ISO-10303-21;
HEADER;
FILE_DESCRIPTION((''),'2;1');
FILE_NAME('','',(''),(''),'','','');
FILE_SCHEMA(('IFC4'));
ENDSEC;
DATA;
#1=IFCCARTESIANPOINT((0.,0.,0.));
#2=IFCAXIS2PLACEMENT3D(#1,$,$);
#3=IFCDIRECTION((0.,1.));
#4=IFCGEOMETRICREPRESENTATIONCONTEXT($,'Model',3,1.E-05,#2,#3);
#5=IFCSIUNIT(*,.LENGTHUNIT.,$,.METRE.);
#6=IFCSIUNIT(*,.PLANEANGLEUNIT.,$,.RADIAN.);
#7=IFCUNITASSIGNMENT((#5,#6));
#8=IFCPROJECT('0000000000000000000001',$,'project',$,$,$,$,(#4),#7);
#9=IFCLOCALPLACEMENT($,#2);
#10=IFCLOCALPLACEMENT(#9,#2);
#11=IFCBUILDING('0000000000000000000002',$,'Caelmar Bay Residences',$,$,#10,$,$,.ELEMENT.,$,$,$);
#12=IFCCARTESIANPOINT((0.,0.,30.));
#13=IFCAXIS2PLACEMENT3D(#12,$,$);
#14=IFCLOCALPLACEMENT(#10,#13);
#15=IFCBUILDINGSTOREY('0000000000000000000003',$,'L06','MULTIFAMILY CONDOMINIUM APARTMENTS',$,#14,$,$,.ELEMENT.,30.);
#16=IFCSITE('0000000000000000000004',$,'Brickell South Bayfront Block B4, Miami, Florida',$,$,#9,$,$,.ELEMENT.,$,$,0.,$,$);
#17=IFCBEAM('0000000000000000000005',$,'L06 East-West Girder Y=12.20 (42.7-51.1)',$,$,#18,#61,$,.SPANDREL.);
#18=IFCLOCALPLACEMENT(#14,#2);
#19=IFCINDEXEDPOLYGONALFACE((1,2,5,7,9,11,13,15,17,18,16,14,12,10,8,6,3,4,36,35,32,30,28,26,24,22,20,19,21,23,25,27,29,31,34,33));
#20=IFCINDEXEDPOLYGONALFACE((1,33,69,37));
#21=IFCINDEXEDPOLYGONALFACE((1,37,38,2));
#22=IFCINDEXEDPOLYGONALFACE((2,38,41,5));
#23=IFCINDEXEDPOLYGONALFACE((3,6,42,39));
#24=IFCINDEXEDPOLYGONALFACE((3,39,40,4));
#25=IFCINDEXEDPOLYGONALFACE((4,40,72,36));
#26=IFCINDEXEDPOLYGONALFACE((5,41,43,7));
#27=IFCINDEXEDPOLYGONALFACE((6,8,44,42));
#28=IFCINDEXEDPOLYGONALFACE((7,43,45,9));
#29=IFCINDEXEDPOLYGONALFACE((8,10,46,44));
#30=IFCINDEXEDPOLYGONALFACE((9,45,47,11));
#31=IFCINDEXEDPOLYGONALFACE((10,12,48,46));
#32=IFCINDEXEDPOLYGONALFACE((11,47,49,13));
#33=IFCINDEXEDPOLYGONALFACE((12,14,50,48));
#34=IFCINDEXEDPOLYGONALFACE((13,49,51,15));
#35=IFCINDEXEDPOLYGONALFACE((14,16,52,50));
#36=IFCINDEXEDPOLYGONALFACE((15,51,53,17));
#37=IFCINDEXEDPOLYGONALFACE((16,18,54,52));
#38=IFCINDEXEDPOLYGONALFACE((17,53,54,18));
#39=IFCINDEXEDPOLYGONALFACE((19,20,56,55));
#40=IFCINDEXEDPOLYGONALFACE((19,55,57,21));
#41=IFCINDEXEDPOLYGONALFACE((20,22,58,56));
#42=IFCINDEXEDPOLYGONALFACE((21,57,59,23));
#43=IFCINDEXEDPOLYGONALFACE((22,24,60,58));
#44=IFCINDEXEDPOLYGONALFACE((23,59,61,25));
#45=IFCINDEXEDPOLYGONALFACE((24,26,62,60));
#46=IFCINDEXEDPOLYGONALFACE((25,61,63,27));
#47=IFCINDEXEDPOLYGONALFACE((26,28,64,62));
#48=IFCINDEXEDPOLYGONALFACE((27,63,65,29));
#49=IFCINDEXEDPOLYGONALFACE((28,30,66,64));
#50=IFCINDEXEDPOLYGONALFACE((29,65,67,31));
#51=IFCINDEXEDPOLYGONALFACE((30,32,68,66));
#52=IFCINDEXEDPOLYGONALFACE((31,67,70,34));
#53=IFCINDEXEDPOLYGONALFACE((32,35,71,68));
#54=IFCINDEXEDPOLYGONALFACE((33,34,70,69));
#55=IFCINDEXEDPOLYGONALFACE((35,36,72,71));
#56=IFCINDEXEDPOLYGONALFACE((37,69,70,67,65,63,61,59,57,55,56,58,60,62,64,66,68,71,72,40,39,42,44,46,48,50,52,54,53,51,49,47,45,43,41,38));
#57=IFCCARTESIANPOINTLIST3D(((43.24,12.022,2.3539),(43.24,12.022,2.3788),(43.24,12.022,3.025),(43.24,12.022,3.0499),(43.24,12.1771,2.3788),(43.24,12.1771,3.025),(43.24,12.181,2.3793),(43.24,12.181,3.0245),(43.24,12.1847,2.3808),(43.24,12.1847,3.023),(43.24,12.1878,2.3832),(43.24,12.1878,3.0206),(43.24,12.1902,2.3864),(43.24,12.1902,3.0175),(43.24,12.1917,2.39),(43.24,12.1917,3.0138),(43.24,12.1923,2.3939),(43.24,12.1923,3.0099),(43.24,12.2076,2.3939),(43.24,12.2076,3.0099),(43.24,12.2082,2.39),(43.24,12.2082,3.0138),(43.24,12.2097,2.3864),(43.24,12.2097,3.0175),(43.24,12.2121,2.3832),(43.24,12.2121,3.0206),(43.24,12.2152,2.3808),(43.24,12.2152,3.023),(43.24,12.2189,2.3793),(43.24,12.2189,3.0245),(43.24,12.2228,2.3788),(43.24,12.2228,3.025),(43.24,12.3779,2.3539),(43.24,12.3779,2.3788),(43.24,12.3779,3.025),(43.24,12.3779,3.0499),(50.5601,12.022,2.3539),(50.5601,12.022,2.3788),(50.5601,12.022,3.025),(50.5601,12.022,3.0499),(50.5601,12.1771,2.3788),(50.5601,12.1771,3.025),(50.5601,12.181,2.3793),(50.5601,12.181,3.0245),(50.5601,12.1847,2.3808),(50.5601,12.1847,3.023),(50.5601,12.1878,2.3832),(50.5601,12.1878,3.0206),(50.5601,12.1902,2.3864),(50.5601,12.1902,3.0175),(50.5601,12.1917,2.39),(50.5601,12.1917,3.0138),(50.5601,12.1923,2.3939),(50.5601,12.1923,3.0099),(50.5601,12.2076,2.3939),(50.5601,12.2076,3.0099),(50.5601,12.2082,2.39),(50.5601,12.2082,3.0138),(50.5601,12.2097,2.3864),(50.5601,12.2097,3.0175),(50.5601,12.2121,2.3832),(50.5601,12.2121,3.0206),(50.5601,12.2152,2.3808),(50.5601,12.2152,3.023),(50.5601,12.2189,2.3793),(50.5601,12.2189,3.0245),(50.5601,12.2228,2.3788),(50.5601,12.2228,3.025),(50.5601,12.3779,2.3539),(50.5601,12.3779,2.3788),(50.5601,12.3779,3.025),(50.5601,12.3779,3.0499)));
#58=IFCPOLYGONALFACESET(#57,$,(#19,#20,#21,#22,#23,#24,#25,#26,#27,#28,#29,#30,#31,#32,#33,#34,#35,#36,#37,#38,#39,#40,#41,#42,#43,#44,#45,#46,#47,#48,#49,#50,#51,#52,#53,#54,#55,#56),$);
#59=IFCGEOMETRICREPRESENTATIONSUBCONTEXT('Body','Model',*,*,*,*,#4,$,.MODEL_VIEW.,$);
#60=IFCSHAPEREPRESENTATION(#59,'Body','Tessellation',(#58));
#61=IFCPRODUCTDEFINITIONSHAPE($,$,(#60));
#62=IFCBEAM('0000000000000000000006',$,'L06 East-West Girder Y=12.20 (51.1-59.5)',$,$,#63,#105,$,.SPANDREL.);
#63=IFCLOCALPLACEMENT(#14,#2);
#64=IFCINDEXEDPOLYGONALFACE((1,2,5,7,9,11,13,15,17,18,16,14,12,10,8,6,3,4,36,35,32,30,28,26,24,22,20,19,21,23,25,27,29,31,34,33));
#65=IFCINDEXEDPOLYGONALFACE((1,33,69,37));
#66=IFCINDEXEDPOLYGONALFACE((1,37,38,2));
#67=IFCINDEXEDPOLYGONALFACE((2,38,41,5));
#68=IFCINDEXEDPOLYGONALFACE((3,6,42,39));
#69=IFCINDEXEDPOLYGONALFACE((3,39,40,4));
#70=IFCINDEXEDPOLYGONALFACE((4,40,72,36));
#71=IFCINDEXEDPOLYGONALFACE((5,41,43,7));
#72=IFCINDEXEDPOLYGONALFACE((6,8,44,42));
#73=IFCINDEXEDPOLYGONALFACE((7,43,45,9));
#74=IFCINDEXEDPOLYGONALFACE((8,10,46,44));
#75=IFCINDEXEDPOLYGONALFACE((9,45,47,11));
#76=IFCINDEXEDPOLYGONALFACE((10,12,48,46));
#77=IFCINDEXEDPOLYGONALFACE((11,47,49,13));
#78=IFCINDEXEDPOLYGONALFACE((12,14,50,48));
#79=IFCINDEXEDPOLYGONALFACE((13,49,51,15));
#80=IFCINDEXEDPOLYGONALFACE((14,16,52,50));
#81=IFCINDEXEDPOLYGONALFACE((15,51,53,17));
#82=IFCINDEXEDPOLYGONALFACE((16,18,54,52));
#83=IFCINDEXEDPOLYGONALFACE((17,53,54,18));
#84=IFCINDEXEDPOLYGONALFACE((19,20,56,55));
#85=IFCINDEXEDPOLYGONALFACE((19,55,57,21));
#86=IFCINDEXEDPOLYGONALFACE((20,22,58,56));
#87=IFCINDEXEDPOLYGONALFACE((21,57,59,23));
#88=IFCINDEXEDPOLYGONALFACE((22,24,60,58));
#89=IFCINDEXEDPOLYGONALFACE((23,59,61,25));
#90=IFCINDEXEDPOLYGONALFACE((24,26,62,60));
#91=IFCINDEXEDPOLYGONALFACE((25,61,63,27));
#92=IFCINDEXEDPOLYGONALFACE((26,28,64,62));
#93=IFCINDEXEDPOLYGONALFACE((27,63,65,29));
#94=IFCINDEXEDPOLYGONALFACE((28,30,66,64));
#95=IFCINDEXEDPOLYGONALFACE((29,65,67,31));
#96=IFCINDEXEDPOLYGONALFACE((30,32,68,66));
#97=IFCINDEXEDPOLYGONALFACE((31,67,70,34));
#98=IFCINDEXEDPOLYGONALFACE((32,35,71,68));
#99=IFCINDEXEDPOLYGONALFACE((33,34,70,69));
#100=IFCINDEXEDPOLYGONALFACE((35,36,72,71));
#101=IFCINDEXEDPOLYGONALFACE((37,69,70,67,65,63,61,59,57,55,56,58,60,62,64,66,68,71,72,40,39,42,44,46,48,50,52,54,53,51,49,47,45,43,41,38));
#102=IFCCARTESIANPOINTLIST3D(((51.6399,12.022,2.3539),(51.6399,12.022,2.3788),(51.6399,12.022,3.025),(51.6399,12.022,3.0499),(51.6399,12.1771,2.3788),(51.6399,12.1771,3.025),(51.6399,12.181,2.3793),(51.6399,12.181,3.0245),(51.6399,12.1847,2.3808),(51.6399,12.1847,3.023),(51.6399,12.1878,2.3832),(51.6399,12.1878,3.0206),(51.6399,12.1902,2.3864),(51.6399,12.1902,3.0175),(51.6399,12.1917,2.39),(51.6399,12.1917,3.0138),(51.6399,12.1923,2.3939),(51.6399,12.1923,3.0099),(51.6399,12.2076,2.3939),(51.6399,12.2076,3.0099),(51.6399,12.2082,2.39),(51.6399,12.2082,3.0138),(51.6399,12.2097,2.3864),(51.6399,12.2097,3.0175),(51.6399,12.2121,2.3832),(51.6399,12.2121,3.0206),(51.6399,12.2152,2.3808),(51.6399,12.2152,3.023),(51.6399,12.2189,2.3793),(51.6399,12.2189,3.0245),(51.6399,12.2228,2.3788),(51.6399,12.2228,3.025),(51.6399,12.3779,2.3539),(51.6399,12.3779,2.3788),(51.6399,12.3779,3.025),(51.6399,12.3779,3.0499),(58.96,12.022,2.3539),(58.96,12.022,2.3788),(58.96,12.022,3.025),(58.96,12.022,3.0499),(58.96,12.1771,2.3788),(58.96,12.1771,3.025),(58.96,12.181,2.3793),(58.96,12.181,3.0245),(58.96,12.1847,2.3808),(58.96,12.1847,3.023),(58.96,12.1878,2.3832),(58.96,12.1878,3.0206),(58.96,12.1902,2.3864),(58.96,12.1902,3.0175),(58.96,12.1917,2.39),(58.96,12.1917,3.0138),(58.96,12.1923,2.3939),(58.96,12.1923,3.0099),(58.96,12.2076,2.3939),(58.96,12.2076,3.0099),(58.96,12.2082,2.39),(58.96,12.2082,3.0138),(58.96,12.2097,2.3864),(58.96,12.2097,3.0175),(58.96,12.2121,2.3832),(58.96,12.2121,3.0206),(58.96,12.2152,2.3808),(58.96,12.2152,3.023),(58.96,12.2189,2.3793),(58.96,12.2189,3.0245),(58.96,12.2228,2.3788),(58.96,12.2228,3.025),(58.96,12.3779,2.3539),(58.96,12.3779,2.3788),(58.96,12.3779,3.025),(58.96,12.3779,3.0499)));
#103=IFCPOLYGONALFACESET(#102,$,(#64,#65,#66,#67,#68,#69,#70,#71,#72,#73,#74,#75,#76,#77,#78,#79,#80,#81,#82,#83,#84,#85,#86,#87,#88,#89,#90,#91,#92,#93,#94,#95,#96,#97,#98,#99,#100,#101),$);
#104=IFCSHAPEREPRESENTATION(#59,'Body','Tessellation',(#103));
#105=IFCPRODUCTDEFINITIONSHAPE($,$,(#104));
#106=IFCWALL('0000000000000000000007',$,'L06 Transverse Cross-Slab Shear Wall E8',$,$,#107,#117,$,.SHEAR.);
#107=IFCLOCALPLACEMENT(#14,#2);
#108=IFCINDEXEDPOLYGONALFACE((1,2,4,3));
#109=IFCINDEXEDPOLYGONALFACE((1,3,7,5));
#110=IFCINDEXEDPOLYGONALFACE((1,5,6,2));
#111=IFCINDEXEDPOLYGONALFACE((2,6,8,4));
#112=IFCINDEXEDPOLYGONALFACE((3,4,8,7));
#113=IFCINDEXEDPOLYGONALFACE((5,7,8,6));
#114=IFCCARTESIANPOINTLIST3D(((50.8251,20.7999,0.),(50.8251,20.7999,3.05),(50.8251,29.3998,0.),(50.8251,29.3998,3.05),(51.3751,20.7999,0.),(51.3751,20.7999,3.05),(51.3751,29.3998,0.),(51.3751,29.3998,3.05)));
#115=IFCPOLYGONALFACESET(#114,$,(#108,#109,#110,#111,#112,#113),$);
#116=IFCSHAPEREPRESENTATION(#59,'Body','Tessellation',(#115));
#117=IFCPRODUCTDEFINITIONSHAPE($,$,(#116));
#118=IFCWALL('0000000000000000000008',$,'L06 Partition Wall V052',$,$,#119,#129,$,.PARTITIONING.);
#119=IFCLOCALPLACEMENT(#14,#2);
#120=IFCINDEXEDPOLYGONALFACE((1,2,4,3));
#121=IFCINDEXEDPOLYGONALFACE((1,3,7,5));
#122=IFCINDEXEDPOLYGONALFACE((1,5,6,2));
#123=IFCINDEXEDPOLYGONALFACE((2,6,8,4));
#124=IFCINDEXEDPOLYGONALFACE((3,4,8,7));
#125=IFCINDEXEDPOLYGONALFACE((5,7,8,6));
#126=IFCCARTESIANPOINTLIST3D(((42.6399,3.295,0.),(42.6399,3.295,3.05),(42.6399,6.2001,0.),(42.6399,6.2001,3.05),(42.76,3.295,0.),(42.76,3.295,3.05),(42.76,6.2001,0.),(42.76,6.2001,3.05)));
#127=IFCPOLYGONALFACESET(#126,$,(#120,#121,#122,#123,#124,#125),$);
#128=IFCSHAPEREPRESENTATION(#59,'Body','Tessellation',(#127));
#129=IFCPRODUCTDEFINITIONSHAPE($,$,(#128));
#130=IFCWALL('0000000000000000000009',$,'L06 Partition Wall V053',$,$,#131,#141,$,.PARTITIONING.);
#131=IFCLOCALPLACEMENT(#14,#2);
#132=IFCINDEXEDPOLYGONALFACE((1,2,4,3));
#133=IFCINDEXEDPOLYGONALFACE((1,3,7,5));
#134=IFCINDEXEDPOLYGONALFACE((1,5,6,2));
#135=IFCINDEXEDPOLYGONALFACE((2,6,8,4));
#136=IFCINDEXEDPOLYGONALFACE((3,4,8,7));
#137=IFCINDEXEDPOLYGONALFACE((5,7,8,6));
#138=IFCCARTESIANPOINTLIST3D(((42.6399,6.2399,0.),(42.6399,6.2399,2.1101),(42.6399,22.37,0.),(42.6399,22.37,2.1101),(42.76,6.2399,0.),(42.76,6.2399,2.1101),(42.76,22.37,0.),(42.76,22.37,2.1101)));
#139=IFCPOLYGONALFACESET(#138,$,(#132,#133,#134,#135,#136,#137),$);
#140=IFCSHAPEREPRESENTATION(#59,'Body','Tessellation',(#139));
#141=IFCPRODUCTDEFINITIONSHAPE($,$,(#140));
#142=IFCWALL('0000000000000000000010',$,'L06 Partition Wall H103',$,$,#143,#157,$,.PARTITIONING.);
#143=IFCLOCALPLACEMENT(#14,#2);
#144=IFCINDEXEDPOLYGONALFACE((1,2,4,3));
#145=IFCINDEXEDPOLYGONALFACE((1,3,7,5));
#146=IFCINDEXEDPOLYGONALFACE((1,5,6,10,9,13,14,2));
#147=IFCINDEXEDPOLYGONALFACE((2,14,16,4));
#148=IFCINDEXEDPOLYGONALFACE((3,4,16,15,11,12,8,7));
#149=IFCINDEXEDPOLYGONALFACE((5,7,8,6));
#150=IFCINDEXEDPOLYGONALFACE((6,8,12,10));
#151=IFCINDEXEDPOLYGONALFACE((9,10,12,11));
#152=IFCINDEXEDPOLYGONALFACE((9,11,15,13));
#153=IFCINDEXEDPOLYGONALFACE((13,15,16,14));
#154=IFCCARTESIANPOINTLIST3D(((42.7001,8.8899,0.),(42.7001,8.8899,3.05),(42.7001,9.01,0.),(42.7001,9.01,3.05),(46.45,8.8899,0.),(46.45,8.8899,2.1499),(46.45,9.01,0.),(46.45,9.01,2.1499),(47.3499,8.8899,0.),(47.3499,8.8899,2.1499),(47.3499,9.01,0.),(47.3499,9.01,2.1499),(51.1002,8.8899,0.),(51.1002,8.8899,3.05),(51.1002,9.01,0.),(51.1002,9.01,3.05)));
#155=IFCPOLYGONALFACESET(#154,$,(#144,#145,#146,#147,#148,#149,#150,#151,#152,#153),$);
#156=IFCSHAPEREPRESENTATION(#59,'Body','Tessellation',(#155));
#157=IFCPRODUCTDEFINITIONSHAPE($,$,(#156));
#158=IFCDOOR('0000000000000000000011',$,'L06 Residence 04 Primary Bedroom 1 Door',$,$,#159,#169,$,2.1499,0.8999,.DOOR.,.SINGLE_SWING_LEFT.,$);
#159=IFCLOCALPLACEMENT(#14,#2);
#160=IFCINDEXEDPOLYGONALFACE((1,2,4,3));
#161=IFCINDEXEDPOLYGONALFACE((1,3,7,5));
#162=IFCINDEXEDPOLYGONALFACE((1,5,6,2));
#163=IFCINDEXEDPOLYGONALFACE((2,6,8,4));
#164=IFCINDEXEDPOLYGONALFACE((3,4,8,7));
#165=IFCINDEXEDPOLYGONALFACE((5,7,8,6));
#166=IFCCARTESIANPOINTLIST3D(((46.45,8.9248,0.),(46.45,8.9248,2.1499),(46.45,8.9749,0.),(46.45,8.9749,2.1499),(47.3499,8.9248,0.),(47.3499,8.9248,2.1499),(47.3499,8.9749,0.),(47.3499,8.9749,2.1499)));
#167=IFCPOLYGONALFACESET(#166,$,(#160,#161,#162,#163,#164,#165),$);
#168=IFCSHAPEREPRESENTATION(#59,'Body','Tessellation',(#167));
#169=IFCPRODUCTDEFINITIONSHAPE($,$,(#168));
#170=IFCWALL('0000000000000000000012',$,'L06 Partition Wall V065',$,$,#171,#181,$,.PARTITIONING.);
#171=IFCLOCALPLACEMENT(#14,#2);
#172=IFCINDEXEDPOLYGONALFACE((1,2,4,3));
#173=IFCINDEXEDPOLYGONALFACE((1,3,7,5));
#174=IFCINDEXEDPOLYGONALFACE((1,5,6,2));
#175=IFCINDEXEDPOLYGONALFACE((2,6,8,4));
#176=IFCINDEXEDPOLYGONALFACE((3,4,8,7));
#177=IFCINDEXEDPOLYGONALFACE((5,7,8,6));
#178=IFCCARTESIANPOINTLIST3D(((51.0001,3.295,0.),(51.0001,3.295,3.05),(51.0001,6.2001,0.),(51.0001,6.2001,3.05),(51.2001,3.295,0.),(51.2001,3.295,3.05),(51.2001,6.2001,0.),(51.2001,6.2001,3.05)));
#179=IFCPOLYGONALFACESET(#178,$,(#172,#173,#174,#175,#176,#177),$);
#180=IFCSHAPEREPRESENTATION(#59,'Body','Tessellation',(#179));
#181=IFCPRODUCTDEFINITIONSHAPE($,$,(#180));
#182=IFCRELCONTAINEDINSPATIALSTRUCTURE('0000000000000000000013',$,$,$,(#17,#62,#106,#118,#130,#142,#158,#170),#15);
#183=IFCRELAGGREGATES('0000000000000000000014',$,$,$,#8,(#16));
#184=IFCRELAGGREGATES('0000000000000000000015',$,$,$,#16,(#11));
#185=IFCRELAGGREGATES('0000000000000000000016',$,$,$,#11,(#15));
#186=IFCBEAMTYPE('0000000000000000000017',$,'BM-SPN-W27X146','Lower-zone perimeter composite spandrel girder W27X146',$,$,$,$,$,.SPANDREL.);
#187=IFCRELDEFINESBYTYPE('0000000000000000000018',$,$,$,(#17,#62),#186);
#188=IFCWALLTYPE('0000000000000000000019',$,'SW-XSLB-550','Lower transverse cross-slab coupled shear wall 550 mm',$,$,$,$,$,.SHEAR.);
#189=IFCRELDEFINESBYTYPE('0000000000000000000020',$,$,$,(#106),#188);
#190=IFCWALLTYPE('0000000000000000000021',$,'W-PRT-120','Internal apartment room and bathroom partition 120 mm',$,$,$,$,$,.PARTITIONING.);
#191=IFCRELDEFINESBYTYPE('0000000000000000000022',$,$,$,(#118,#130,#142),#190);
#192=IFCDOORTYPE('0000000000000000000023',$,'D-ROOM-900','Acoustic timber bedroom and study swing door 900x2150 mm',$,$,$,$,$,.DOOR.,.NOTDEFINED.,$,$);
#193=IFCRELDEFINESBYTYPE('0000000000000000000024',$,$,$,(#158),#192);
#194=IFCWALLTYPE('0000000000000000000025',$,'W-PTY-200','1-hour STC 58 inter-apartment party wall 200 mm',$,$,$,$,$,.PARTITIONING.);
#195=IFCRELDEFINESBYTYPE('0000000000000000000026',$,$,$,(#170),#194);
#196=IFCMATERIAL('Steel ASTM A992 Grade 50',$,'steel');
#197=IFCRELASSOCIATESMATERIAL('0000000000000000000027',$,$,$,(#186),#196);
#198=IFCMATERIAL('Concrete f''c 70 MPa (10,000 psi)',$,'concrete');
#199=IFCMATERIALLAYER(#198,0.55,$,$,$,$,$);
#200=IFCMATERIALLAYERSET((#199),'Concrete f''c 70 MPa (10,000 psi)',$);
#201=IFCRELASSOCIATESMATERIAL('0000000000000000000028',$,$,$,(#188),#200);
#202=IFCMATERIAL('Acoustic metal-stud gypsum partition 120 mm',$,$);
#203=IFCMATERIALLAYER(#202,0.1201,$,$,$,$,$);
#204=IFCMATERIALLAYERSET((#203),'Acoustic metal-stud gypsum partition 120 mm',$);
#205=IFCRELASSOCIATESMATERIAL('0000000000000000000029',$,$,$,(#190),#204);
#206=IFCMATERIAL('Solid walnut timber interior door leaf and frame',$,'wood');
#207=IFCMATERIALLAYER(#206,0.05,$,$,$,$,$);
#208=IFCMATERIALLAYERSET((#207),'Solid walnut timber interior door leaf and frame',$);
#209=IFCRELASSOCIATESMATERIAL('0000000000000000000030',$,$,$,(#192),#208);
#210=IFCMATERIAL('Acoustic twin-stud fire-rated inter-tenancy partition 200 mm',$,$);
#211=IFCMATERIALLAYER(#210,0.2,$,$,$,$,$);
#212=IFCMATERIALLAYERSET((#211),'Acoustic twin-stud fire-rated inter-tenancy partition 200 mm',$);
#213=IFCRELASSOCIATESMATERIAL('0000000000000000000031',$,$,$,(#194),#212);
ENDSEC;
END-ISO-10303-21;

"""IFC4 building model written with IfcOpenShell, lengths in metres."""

from ifc_helpers import new_model, si_unit, direction, frame, frame_2d, origin, origin_2d, place, context, subcontext, project, spatial, rectangle, i_section, extrude, material, layer, layer_set, material_profile, profile_set, type_object, element, fill, save


model = new_model("IFC4")

# Units and contexts
model_context = context("Model", 3, precision=1e-05, world=origin(), true_north=direction((0.0, 1.0)))
body_context = subcontext(model_context, "Body", "Model", "MODEL_VIEW")
ifc_project = project(units=[si_unit("LENGTHUNIT", "METRE"), si_unit("PLANEANGLEUNIT", "RADIAN")], contexts=[model_context])

# Site, building, storey
site_placement = place(None, origin())
site = spatial("IfcSite", under=ifc_project, at=site_placement, Name="Brickell South Bayfront Block B4, Miami, Florida", CompositionType="ELEMENT", RefElevation=0.0)
building_placement = place(site_placement, origin())
building = spatial("IfcBuilding", under=site, at=building_placement, Name="Caelmar Bay Residences", CompositionType="ELEMENT")
storey_placement = place(building_placement, frame((0.0, 0.0, 30.0)))
storey = spatial("IfcBuildingStorey", under=building, at=storey_placement, Name="L06", Description="MULTIFAMILY CONDOMINIUM APARTMENTS", CompositionType="ELEMENT", Elevation=30.0)

# Shared definitions
ifc_material_1 = material(Name="Concrete f'c 70 MPa (10,000 psi)", Category="concrete")

# Beams
ifc_material_2 = material(Name="Steel ASTM A992 Grade 50", Category="steel")
ifc_material_profile_1 = material_profile(ifc_material_2, i_section(OverallWidth=0.356, OverallDepth=0.696, WebThickness=0.0154, FlangeThickness=0.0249, FilletRadius=0.0151, at=origin_2d()), Name="W27X146")
ifc_profile_set_1 = profile_set([ifc_material_profile_1], Name="Steel ASTM A992 Grade 50")
beam_type_1 = type_object("IfcBeamType", Name="BM-SPN-W27X146", Description="Lower-zone perimeter composite spandrel girder W27X146", PredefinedType="SPANDREL", material=ifc_profile_set_1)
for number, where, z_axis, x_axis, name in (
    (1, (43.24, 12.2, 2.7019), (1.0, 0.0, 0.0), (0.0, 1.0, 0.0), "L06 East-West Girder Y=12.20 (42.7-51.1)"),
    (2, (51.6399, 12.2, 2.7019), (1.0, 0.0, 0.0), (0.0, 1.0, 0.0), "L06 East-West Girder Y=12.20 (51.1-59.5)"),
):
    element("IfcBeam", number, at=place(storey_placement, frame(where, z_axis=z_axis, x_axis=x_axis)), inside=storey, type_object=beam_type_1, Name=name, PredefinedType="SPANDREL", context=body_context, shape_type="SweptSolid", body=[
        extrude(i_section(OverallWidth=0.356, OverallDepth=0.696, WebThickness=0.0154, FlangeThickness=0.0249, FilletRadius=0.0151, at=origin_2d()), origin(), (0.0, 0.0, 1.0), 7.3201),
    ])

# Walls
ifc_layer_1 = layer(ifc_material_1, 0.55)
ifc_layer_set_1 = layer_set([ifc_layer_1], Name="Concrete f'c 70 MPa (10,000 psi)")
wall_type_1 = type_object("IfcWallType", Name="SW-XSLB-550", Description="Lower transverse cross-slab coupled shear wall 550 mm", PredefinedType="SHEAR", material=ifc_layer_set_1)
wall_1_placement = place(storey_placement, frame((51.1001, 20.8, 0.0), z_axis=(0.0, 0.0, 1.0), x_axis=(0.0, 1.0, 0.0)))
element("IfcWall", 3, at=wall_1_placement, inside=storey, type_object=wall_type_1, Name="L06 Transverse Cross-Slab Shear Wall E8", PredefinedType="SHEAR", context=body_context, shape_type="SweptSolid", body=[
    extrude(rectangle(XDim=8.5999, YDim=0.55, at=frame_2d((4.2998, 0.0))), origin(), (0.0, 0.0, 1.0), 3.05),
])
ifc_material_3 = material(Name="Acoustic metal-stud gypsum partition 120 mm")
ifc_layer_2 = layer(ifc_material_3, 0.1201)
ifc_layer_set_2 = layer_set([ifc_layer_2], Name="Acoustic metal-stud gypsum partition 120 mm")
wall_type_2 = type_object("IfcWallType", Name="W-PRT-120", Description="Internal apartment room and bathroom partition 120 mm", PredefinedType="PARTITIONING", material=ifc_layer_set_2)
wall_2_placement = place(storey_placement, frame((42.7, 3.2949, 0.0), z_axis=(0.0, 0.0, 1.0), x_axis=(0.0, 1.0, 0.0)))
element("IfcWall", 4, at=wall_2_placement, inside=storey, type_object=wall_type_2, Name="L06 Partition Wall V052", PredefinedType="PARTITIONING", context=body_context, shape_type="SweptSolid", body=[
    extrude(rectangle(XDim=2.905, YDim=0.1201, at=frame_2d((1.4526, 0.0))), origin(), (0.0, 0.0, 1.0), 3.05),
])
wall_3_placement = place(storey_placement, frame((42.7, 6.24, 0.0), z_axis=(0.0, 0.0, 1.0), x_axis=(0.0, 1.0, 0.0)))
element("IfcWall", 5, at=wall_3_placement, inside=storey, type_object=wall_type_2, Name="L06 Partition Wall V053", PredefinedType="PARTITIONING", context=body_context, shape_type="SweptSolid", body=[
    extrude(rectangle(XDim=16.1301, YDim=0.1201, at=frame_2d((8.0649, 0.0))), origin(), (0.0, 0.0, 1.0), 2.1101),
])

# Wall, opening, door
wall_4_placement = place(storey_placement, frame((42.7, 8.95, 0.0), z_axis=(0.0, 0.0, 1.0), x_axis=(1.0, 0.0, 0.0)))
wall_4 = element("IfcWall", 6, at=wall_4_placement, inside=storey, type_object=wall_type_2, Name="L06 Partition Wall H103", PredefinedType="PARTITIONING", context=body_context, shape_type="SweptSolid", body=[
    extrude(rectangle(XDim=8.4001, YDim=0.1201, at=frame_2d((4.2002, 0.0))), origin(), (0.0, 0.0, 1.0), 3.05),
])
opening_placement = place(wall_4_placement, frame((3.75, 0.0, 0.0)))
opening = element("IfcOpeningElement", 7, at=opening_placement, cuts=wall_4, PredefinedType="OPENING", context=body_context, shape_type="SweptSolid", body=[
    extrude(rectangle(XDim=0.8999, YDim=2.1499, at=frame_2d((0.45, 1.075))), frame((0.0, 0.0701, 0.0), z_axis=(0.0, -1.0, 0.0), x_axis=(1.0, 0.0, 0.0)), (0.0, 0.0, 1.0), 0.1401),
])
ifc_material_4 = material(Name="Solid walnut timber interior door leaf and frame", Category="wood")
ifc_layer_3 = layer(ifc_material_4, 0.05)
ifc_layer_set_3 = layer_set([ifc_layer_3], Name="Solid walnut timber interior door leaf and frame")
door_type = type_object("IfcDoorType", Name="D-ROOM-900", Description="Acoustic timber bedroom and study swing door 900x2150 mm", OperationType="NOTDEFINED", PredefinedType="DOOR", material=ifc_layer_set_3)
door_placement = place(opening_placement, origin())
door = element("IfcDoor", 8, at=door_placement, inside=storey, type_object=door_type, Name="L06 Residence 04 Primary Bedroom 1 Door", OperationType="SINGLE_SWING_LEFT", OverallHeight=2.1499, OverallWidth=0.8999, PredefinedType="DOOR", context=body_context, shape_type="SweptSolid", body=[
    extrude(rectangle(XDim=0.8999, YDim=2.1499, at=frame_2d((0.45, 1.075))), frame((0.0, 0.0249, 0.0), z_axis=(0.0, -1.0, 0.0), x_axis=(1.0, 0.0, 0.0)), (0.0, 0.0, 1.0), 0.05),
])
fill(opening, door)

# Wall
ifc_material_5 = material(Name="Acoustic twin-stud fire-rated inter-tenancy partition 200 mm")
ifc_layer_4 = layer(ifc_material_5, 0.2)
ifc_layer_set_4 = layer_set([ifc_layer_4], Name="Acoustic twin-stud fire-rated inter-tenancy partition 200 mm")
wall_type_3 = type_object("IfcWallType", Name="W-PTY-200", Description="1-hour STC 58 inter-apartment party wall 200 mm", PredefinedType="PARTITIONING", material=ifc_layer_set_4)
wall_5_placement = place(storey_placement, frame((51.1001, 3.2949, 0.0), z_axis=(0.0, 0.0, 1.0), x_axis=(0.0, 1.0, 0.0)))
element("IfcWall", 9, at=wall_5_placement, inside=storey, type_object=wall_type_3, Name="L06 Partition Wall V065", PredefinedType="PARTITIONING", context=body_context, shape_type="SweptSolid", body=[
    extrude(rectangle(XDim=2.905, YDim=0.2, at=frame_2d((1.4526, 0.0))), origin(), (0.0, 0.0, 1.0), 3.05),
])

save(model, "model.ifc")
